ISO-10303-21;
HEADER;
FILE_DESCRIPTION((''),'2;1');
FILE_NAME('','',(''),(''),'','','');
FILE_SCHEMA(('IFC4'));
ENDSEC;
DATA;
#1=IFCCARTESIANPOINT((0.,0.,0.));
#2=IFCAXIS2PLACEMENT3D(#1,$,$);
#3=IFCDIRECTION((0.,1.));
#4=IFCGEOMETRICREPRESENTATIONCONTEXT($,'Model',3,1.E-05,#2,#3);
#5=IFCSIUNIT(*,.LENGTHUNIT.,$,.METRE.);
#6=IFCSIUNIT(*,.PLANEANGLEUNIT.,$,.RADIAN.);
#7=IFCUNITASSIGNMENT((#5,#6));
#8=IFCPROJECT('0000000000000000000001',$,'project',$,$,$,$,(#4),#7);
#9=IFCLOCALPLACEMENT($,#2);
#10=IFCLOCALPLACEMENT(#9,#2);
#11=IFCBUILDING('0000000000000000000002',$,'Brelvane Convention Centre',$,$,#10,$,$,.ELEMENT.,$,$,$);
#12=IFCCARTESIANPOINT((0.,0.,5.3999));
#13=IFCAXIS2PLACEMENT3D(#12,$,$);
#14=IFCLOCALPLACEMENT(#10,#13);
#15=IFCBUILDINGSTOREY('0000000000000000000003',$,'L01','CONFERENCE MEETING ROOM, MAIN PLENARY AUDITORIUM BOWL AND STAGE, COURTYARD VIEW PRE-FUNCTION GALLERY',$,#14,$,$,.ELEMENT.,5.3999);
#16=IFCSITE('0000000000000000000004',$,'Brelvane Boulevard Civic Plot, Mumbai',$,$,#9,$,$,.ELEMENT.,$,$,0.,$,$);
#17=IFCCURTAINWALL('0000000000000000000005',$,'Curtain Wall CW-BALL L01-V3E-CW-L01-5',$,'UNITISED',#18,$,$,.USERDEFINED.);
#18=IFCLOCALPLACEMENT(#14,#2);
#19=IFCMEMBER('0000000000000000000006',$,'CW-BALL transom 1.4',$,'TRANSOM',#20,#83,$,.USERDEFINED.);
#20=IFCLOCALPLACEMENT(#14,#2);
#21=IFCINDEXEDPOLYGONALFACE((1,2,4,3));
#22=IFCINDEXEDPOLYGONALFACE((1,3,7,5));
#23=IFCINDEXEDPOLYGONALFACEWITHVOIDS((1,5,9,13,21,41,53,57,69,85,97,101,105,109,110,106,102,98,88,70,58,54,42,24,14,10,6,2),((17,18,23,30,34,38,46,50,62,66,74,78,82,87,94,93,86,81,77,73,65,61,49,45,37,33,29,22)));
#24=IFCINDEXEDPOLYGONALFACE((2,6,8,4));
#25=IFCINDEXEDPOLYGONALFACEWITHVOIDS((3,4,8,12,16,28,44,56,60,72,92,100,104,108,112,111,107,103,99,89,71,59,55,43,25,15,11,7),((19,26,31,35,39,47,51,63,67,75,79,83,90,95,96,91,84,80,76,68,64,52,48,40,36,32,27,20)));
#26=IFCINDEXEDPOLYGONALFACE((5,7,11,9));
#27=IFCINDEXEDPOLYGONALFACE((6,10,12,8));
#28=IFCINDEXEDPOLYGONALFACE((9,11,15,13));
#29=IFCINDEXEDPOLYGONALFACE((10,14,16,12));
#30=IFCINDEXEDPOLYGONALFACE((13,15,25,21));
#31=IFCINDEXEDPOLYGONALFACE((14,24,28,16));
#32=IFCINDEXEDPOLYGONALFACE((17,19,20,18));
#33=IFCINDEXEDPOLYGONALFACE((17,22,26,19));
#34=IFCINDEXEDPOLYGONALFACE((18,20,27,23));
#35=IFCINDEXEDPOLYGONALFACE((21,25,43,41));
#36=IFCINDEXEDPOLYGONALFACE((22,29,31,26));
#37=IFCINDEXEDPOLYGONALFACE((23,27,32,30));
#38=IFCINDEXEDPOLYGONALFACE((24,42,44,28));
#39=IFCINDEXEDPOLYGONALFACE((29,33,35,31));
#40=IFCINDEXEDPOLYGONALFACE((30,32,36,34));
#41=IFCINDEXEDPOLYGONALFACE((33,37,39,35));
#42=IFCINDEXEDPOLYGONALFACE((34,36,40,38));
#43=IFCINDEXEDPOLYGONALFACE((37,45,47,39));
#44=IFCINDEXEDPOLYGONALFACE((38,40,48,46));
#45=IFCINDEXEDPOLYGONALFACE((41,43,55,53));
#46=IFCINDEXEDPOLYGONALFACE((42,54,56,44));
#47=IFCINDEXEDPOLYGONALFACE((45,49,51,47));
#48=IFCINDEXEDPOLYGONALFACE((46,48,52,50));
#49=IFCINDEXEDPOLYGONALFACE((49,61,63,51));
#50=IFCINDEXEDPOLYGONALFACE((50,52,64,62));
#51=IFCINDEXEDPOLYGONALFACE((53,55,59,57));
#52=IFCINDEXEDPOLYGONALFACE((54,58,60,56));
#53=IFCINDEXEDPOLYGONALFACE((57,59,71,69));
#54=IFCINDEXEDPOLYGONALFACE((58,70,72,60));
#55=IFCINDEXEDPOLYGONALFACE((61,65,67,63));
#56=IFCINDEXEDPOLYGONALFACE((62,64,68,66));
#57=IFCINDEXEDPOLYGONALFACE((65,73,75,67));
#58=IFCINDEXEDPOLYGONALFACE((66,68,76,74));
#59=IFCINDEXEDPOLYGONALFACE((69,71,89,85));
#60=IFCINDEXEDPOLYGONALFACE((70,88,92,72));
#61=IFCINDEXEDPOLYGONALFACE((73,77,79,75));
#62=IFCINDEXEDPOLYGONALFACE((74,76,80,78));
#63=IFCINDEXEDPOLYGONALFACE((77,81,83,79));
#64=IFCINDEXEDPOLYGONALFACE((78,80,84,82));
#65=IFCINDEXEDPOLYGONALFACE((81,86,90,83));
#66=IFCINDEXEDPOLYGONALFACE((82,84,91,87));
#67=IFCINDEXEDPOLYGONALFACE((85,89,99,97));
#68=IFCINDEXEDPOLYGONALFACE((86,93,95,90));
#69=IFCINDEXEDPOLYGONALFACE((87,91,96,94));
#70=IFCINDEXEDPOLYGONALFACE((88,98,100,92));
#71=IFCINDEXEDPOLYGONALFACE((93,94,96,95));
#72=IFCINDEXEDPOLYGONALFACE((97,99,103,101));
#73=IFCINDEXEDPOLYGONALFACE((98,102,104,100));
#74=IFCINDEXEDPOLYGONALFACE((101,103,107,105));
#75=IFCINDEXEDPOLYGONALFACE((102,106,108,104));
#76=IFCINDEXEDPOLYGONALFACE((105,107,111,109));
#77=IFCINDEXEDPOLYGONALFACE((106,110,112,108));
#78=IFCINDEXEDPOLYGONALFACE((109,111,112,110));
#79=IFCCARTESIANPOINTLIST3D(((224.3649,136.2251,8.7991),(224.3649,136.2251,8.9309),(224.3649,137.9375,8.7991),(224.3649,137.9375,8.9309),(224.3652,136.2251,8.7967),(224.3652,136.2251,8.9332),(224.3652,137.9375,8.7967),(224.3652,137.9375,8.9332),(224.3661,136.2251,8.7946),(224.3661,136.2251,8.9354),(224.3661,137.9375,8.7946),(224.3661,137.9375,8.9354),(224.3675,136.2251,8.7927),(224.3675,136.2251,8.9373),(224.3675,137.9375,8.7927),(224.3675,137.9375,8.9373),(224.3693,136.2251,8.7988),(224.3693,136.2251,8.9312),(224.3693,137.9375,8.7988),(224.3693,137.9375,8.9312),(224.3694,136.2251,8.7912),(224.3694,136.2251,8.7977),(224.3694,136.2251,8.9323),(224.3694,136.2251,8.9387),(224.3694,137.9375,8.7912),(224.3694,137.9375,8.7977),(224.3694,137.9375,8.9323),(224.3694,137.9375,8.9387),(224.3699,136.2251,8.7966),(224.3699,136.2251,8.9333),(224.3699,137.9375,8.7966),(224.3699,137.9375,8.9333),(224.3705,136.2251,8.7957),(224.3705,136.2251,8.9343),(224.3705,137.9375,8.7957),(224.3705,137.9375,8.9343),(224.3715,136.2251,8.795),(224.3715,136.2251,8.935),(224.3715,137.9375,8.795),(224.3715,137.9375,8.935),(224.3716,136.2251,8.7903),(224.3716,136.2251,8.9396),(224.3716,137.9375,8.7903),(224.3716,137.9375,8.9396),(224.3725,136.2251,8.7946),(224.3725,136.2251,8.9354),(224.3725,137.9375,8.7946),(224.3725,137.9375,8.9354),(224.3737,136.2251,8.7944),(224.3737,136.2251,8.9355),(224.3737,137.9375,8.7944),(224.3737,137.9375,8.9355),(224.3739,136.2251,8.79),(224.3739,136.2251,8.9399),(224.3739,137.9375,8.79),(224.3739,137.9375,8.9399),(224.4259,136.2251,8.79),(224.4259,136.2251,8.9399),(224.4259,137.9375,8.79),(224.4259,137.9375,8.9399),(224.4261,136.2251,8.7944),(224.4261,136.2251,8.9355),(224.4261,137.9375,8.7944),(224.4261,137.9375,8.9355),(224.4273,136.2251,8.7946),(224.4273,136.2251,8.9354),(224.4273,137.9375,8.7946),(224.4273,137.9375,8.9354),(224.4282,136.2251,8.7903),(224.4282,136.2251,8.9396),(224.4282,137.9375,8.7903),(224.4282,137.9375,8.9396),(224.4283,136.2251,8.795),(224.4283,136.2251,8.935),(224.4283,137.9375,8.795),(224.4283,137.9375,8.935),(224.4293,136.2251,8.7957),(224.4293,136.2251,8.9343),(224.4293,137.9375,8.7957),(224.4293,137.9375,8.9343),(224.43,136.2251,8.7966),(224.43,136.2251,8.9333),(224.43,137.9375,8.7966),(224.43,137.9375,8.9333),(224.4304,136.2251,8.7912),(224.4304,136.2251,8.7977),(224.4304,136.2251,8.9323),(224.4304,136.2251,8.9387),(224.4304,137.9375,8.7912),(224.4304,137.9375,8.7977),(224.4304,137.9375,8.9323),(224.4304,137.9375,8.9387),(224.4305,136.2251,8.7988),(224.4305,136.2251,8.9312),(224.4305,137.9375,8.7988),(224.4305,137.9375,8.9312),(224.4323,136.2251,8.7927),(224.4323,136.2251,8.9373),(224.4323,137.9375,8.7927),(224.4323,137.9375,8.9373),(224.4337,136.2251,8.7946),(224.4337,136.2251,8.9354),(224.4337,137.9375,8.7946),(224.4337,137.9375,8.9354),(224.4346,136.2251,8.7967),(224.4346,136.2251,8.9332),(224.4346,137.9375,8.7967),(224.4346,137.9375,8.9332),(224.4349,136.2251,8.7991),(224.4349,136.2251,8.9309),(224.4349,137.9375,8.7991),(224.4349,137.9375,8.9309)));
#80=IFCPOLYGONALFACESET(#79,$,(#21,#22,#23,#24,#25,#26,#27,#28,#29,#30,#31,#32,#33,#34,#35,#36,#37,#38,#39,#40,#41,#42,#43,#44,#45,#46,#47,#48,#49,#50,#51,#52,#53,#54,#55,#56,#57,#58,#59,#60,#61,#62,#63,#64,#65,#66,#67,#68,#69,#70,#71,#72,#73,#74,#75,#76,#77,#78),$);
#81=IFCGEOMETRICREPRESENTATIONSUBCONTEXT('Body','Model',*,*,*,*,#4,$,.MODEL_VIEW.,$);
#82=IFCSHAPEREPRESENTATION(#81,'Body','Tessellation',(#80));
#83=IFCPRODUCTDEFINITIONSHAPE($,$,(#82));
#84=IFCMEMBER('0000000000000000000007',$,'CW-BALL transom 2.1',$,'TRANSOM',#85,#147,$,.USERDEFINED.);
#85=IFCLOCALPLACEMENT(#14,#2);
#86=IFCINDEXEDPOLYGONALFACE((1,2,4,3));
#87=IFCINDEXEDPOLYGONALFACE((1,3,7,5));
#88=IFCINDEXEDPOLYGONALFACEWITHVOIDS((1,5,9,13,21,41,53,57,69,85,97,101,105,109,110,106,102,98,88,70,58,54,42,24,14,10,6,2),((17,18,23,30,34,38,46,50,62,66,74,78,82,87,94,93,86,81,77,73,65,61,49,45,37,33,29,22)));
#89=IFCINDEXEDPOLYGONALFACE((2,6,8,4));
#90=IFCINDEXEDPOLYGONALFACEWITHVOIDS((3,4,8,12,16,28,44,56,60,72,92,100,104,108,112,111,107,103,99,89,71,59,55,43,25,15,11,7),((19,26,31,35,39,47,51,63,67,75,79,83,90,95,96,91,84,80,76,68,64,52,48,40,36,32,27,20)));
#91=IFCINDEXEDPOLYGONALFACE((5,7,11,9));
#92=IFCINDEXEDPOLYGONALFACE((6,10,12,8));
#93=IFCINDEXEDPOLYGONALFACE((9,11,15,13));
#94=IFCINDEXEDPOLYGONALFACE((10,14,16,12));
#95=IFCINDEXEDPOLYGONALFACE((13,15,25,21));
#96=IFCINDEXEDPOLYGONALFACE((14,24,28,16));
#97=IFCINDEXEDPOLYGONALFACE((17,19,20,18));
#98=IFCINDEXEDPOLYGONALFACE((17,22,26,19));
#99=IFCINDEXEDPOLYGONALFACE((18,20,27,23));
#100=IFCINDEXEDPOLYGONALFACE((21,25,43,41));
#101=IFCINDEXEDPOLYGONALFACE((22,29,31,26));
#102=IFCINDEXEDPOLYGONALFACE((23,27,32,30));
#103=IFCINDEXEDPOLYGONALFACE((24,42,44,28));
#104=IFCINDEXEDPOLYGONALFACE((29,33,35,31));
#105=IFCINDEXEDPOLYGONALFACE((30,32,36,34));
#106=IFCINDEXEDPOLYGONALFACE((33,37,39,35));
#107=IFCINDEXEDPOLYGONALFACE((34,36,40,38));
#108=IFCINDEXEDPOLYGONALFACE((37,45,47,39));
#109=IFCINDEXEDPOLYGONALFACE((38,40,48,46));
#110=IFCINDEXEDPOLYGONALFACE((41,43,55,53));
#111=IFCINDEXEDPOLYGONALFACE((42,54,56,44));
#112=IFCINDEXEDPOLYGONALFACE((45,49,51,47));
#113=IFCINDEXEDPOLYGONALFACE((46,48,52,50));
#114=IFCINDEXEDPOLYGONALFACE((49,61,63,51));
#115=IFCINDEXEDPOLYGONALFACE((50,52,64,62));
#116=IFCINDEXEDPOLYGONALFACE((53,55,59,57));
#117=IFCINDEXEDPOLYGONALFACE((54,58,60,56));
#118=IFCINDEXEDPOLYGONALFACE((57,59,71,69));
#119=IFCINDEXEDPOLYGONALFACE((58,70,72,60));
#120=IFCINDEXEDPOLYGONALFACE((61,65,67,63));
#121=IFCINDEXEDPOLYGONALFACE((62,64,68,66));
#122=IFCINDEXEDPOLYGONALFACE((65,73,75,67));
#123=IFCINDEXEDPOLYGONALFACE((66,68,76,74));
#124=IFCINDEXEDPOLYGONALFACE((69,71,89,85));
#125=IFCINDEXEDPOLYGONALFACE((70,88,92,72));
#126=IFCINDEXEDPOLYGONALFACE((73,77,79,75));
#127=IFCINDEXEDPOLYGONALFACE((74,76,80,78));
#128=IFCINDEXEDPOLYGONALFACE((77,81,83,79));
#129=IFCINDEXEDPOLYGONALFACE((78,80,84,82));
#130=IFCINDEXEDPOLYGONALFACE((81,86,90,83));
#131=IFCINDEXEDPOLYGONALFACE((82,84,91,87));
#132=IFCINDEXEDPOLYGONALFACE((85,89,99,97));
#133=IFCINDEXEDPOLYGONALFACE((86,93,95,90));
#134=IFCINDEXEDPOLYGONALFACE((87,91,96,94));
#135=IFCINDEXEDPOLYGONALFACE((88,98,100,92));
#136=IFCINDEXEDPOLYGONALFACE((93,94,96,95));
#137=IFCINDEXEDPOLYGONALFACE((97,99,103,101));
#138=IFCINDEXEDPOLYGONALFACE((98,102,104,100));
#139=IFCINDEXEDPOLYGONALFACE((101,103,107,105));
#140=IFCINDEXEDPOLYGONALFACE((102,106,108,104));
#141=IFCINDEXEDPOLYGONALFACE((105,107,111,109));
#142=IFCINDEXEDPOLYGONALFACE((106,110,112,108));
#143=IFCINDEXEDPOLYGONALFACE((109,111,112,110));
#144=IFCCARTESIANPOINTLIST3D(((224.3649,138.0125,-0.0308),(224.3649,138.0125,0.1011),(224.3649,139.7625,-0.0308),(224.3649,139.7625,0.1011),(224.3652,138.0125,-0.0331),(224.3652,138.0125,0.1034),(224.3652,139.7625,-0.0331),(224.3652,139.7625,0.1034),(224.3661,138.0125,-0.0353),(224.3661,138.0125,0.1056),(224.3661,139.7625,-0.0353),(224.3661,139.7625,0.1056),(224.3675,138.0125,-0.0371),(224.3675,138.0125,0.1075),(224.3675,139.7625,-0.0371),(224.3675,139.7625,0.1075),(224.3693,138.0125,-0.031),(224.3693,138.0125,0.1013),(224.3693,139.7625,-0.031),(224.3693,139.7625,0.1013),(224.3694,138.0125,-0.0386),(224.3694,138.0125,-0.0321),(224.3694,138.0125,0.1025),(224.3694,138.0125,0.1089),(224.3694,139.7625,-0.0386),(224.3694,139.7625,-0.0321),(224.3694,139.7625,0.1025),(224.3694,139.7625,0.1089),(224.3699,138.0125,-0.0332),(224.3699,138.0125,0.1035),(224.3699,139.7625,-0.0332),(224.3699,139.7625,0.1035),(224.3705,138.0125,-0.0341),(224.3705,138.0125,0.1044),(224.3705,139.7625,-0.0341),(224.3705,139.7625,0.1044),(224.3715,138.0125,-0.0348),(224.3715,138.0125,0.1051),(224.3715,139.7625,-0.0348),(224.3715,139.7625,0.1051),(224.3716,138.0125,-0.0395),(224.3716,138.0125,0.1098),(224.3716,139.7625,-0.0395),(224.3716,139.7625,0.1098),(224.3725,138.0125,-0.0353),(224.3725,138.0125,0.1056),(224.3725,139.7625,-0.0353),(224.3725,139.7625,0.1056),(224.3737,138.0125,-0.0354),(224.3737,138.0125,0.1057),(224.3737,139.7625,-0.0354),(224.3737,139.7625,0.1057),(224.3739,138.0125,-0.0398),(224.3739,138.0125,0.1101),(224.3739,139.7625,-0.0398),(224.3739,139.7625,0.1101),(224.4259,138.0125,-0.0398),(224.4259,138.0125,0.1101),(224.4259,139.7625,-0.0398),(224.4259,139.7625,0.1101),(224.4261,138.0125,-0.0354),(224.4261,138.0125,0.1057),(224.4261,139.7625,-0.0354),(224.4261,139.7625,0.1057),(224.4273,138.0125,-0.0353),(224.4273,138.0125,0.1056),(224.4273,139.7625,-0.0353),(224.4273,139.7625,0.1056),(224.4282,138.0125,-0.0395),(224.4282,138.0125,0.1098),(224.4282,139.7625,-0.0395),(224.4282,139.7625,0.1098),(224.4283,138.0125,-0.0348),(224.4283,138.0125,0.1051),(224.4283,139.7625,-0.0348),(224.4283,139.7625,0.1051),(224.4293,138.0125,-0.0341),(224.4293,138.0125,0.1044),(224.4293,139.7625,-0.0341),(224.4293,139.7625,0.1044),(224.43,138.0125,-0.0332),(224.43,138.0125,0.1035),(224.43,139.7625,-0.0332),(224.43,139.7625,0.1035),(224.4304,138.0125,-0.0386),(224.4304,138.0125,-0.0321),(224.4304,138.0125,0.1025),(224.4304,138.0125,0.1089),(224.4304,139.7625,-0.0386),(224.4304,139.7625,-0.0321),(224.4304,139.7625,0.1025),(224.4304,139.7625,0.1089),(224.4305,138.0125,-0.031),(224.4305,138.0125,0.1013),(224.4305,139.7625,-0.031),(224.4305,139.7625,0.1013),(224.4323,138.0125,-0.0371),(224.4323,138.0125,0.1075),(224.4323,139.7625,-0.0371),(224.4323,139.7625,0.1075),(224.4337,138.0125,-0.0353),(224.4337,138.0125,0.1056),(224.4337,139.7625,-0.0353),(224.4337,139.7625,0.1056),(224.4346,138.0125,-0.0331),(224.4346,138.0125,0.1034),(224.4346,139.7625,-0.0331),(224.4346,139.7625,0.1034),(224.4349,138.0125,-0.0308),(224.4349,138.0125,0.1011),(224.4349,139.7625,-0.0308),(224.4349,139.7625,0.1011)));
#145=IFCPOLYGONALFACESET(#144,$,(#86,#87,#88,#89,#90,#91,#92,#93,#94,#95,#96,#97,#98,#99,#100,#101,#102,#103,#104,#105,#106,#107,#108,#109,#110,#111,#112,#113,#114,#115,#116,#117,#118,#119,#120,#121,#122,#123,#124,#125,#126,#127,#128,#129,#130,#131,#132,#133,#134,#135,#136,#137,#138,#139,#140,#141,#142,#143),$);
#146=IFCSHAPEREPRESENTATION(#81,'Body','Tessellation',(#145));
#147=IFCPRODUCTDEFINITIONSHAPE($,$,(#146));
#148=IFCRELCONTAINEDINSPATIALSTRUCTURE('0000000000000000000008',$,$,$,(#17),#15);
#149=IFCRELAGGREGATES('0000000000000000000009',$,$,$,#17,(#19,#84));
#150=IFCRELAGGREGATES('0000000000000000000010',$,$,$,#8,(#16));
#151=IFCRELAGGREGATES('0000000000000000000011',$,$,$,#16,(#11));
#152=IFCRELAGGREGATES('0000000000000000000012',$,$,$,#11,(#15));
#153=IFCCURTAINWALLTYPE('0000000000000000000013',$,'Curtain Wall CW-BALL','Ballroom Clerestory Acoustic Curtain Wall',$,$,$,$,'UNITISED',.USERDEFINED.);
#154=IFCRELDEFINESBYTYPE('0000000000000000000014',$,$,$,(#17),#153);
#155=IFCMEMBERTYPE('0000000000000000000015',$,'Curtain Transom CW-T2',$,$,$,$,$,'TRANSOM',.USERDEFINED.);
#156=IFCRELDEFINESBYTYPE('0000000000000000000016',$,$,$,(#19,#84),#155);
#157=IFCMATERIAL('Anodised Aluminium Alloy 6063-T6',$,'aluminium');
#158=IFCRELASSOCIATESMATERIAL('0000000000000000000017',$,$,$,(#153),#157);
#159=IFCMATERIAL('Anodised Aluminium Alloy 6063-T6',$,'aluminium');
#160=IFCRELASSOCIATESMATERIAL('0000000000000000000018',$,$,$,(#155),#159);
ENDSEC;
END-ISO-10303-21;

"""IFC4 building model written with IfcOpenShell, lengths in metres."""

from ifc_helpers import new_model, si_unit, direction, frame, origin, origin_2d, place, context, subcontext, project, spatial, hollow_rectangle, extrude, material, material_profile, profile_set, type_object, element, aggregate, save


model = new_model("IFC4")

# Units and contexts
model_context = context("Model", 3, precision=1e-05, world=origin(), true_north=direction((0.0, 1.0)))
body_context = subcontext(model_context, "Body", "Model", "MODEL_VIEW")
ifc_project = project(units=[si_unit("LENGTHUNIT", "METRE"), si_unit("PLANEANGLEUNIT", "RADIAN")], contexts=[model_context])

# Site, building, storey
site_placement = place(None, origin())
site = spatial("IfcSite", under=ifc_project, at=site_placement, Name="Brelvane Boulevard Civic Plot, Mumbai", CompositionType="ELEMENT", RefElevation=0.0)
building_placement = place(site_placement, origin())
building = spatial("IfcBuilding", under=site, at=building_placement, Name="Brelvane Convention Centre", CompositionType="ELEMENT")
storey_placement = place(building_placement, frame((0.0, 0.0, 5.3999)))
storey = spatial("IfcBuildingStorey", under=building, at=storey_placement, Name="L01", Description="CONFERENCE MEETING ROOM, MAIN PLENARY AUDITORIUM BOWL AND STAGE, COURTYARD VIEW PRE-FUNCTION GALLERY", CompositionType="ELEMENT", Elevation=5.3999)

# Curtain wall, members
ifc_material_1 = material(Name="Anodised Aluminium Alloy 6063-T6", Category="aluminium")
curtain_wall_type = type_object("IfcCurtainWallType", Name="Curtain Wall CW-BALL", Description="Ballroom Clerestory Acoustic Curtain Wall", ElementType="UNITISED", PredefinedType="USERDEFINED", material=ifc_material_1)
curtain_wall_placement = place(storey_placement, origin())
curtain_wall = element("IfcCurtainWall", 1, at=curtain_wall_placement, inside=storey, type_object=curtain_wall_type, Name="Curtain Wall CW-BALL L01-V3E-CW-L01-5", ObjectType="UNITISED", PredefinedType="USERDEFINED")
ifc_material_2 = material(Name="Anodised Aluminium Alloy 6063-T6", Category="aluminium")
ifc_material_profile_1 = material_profile(ifc_material_2, hollow_rectangle(XDim=0.0701, YDim=0.1499, WallThickness=0.0044, InnerFilletRadius=0.0044, OuterFilletRadius=0.009, at=origin_2d()), Name="ALU-T 150x70x4.5")
ifc_profile_set_1 = profile_set([ifc_material_profile_1], Name="Anodised Aluminium Alloy 6063-T6")
member_type_1 = type_object("IfcMemberType", Name="Curtain Transom CW-T2", ElementType="TRANSOM", PredefinedType="USERDEFINED", material=ifc_profile_set_1)
member_1_placement = place(storey_placement, frame((224.3999, 136.2251, 8.865), z_axis=(0.0, 1.0, 0.0), x_axis=(-1.0, 0.0, 0.0)))
member_1 = element("IfcMember", 2, at=member_1_placement, type_object=member_type_1, Name="CW-BALL transom 1.4", ObjectType="TRANSOM", PredefinedType="USERDEFINED", context=body_context, shape_type="SweptSolid", body=[
    extrude(hollow_rectangle(XDim=0.0701, YDim=0.1499, WallThickness=0.0044, InnerFilletRadius=0.0044, OuterFilletRadius=0.009, at=origin_2d()), origin(), (0.0, 0.0, 1.0), 1.7124),
])
member_2_placement = place(storey_placement, frame((224.3999, 138.0125, 0.0352), z_axis=(0.0, 1.0, 0.0), x_axis=(-1.0, 0.0, 0.0)))
member_2 = element("IfcMember", 3, at=member_2_placement, type_object=member_type_1, Name="CW-BALL transom 2.1", ObjectType="TRANSOM", PredefinedType="USERDEFINED", context=body_context, shape_type="SweptSolid", body=[
    extrude(hollow_rectangle(XDim=0.0701, YDim=0.1499, WallThickness=0.0044, InnerFilletRadius=0.0044, OuterFilletRadius=0.009, at=origin_2d()), origin(), (0.0, 0.0, 1.0), 1.75),
])
aggregate(curtain_wall, [member_1, member_2])

save(model, "model.ifc")
